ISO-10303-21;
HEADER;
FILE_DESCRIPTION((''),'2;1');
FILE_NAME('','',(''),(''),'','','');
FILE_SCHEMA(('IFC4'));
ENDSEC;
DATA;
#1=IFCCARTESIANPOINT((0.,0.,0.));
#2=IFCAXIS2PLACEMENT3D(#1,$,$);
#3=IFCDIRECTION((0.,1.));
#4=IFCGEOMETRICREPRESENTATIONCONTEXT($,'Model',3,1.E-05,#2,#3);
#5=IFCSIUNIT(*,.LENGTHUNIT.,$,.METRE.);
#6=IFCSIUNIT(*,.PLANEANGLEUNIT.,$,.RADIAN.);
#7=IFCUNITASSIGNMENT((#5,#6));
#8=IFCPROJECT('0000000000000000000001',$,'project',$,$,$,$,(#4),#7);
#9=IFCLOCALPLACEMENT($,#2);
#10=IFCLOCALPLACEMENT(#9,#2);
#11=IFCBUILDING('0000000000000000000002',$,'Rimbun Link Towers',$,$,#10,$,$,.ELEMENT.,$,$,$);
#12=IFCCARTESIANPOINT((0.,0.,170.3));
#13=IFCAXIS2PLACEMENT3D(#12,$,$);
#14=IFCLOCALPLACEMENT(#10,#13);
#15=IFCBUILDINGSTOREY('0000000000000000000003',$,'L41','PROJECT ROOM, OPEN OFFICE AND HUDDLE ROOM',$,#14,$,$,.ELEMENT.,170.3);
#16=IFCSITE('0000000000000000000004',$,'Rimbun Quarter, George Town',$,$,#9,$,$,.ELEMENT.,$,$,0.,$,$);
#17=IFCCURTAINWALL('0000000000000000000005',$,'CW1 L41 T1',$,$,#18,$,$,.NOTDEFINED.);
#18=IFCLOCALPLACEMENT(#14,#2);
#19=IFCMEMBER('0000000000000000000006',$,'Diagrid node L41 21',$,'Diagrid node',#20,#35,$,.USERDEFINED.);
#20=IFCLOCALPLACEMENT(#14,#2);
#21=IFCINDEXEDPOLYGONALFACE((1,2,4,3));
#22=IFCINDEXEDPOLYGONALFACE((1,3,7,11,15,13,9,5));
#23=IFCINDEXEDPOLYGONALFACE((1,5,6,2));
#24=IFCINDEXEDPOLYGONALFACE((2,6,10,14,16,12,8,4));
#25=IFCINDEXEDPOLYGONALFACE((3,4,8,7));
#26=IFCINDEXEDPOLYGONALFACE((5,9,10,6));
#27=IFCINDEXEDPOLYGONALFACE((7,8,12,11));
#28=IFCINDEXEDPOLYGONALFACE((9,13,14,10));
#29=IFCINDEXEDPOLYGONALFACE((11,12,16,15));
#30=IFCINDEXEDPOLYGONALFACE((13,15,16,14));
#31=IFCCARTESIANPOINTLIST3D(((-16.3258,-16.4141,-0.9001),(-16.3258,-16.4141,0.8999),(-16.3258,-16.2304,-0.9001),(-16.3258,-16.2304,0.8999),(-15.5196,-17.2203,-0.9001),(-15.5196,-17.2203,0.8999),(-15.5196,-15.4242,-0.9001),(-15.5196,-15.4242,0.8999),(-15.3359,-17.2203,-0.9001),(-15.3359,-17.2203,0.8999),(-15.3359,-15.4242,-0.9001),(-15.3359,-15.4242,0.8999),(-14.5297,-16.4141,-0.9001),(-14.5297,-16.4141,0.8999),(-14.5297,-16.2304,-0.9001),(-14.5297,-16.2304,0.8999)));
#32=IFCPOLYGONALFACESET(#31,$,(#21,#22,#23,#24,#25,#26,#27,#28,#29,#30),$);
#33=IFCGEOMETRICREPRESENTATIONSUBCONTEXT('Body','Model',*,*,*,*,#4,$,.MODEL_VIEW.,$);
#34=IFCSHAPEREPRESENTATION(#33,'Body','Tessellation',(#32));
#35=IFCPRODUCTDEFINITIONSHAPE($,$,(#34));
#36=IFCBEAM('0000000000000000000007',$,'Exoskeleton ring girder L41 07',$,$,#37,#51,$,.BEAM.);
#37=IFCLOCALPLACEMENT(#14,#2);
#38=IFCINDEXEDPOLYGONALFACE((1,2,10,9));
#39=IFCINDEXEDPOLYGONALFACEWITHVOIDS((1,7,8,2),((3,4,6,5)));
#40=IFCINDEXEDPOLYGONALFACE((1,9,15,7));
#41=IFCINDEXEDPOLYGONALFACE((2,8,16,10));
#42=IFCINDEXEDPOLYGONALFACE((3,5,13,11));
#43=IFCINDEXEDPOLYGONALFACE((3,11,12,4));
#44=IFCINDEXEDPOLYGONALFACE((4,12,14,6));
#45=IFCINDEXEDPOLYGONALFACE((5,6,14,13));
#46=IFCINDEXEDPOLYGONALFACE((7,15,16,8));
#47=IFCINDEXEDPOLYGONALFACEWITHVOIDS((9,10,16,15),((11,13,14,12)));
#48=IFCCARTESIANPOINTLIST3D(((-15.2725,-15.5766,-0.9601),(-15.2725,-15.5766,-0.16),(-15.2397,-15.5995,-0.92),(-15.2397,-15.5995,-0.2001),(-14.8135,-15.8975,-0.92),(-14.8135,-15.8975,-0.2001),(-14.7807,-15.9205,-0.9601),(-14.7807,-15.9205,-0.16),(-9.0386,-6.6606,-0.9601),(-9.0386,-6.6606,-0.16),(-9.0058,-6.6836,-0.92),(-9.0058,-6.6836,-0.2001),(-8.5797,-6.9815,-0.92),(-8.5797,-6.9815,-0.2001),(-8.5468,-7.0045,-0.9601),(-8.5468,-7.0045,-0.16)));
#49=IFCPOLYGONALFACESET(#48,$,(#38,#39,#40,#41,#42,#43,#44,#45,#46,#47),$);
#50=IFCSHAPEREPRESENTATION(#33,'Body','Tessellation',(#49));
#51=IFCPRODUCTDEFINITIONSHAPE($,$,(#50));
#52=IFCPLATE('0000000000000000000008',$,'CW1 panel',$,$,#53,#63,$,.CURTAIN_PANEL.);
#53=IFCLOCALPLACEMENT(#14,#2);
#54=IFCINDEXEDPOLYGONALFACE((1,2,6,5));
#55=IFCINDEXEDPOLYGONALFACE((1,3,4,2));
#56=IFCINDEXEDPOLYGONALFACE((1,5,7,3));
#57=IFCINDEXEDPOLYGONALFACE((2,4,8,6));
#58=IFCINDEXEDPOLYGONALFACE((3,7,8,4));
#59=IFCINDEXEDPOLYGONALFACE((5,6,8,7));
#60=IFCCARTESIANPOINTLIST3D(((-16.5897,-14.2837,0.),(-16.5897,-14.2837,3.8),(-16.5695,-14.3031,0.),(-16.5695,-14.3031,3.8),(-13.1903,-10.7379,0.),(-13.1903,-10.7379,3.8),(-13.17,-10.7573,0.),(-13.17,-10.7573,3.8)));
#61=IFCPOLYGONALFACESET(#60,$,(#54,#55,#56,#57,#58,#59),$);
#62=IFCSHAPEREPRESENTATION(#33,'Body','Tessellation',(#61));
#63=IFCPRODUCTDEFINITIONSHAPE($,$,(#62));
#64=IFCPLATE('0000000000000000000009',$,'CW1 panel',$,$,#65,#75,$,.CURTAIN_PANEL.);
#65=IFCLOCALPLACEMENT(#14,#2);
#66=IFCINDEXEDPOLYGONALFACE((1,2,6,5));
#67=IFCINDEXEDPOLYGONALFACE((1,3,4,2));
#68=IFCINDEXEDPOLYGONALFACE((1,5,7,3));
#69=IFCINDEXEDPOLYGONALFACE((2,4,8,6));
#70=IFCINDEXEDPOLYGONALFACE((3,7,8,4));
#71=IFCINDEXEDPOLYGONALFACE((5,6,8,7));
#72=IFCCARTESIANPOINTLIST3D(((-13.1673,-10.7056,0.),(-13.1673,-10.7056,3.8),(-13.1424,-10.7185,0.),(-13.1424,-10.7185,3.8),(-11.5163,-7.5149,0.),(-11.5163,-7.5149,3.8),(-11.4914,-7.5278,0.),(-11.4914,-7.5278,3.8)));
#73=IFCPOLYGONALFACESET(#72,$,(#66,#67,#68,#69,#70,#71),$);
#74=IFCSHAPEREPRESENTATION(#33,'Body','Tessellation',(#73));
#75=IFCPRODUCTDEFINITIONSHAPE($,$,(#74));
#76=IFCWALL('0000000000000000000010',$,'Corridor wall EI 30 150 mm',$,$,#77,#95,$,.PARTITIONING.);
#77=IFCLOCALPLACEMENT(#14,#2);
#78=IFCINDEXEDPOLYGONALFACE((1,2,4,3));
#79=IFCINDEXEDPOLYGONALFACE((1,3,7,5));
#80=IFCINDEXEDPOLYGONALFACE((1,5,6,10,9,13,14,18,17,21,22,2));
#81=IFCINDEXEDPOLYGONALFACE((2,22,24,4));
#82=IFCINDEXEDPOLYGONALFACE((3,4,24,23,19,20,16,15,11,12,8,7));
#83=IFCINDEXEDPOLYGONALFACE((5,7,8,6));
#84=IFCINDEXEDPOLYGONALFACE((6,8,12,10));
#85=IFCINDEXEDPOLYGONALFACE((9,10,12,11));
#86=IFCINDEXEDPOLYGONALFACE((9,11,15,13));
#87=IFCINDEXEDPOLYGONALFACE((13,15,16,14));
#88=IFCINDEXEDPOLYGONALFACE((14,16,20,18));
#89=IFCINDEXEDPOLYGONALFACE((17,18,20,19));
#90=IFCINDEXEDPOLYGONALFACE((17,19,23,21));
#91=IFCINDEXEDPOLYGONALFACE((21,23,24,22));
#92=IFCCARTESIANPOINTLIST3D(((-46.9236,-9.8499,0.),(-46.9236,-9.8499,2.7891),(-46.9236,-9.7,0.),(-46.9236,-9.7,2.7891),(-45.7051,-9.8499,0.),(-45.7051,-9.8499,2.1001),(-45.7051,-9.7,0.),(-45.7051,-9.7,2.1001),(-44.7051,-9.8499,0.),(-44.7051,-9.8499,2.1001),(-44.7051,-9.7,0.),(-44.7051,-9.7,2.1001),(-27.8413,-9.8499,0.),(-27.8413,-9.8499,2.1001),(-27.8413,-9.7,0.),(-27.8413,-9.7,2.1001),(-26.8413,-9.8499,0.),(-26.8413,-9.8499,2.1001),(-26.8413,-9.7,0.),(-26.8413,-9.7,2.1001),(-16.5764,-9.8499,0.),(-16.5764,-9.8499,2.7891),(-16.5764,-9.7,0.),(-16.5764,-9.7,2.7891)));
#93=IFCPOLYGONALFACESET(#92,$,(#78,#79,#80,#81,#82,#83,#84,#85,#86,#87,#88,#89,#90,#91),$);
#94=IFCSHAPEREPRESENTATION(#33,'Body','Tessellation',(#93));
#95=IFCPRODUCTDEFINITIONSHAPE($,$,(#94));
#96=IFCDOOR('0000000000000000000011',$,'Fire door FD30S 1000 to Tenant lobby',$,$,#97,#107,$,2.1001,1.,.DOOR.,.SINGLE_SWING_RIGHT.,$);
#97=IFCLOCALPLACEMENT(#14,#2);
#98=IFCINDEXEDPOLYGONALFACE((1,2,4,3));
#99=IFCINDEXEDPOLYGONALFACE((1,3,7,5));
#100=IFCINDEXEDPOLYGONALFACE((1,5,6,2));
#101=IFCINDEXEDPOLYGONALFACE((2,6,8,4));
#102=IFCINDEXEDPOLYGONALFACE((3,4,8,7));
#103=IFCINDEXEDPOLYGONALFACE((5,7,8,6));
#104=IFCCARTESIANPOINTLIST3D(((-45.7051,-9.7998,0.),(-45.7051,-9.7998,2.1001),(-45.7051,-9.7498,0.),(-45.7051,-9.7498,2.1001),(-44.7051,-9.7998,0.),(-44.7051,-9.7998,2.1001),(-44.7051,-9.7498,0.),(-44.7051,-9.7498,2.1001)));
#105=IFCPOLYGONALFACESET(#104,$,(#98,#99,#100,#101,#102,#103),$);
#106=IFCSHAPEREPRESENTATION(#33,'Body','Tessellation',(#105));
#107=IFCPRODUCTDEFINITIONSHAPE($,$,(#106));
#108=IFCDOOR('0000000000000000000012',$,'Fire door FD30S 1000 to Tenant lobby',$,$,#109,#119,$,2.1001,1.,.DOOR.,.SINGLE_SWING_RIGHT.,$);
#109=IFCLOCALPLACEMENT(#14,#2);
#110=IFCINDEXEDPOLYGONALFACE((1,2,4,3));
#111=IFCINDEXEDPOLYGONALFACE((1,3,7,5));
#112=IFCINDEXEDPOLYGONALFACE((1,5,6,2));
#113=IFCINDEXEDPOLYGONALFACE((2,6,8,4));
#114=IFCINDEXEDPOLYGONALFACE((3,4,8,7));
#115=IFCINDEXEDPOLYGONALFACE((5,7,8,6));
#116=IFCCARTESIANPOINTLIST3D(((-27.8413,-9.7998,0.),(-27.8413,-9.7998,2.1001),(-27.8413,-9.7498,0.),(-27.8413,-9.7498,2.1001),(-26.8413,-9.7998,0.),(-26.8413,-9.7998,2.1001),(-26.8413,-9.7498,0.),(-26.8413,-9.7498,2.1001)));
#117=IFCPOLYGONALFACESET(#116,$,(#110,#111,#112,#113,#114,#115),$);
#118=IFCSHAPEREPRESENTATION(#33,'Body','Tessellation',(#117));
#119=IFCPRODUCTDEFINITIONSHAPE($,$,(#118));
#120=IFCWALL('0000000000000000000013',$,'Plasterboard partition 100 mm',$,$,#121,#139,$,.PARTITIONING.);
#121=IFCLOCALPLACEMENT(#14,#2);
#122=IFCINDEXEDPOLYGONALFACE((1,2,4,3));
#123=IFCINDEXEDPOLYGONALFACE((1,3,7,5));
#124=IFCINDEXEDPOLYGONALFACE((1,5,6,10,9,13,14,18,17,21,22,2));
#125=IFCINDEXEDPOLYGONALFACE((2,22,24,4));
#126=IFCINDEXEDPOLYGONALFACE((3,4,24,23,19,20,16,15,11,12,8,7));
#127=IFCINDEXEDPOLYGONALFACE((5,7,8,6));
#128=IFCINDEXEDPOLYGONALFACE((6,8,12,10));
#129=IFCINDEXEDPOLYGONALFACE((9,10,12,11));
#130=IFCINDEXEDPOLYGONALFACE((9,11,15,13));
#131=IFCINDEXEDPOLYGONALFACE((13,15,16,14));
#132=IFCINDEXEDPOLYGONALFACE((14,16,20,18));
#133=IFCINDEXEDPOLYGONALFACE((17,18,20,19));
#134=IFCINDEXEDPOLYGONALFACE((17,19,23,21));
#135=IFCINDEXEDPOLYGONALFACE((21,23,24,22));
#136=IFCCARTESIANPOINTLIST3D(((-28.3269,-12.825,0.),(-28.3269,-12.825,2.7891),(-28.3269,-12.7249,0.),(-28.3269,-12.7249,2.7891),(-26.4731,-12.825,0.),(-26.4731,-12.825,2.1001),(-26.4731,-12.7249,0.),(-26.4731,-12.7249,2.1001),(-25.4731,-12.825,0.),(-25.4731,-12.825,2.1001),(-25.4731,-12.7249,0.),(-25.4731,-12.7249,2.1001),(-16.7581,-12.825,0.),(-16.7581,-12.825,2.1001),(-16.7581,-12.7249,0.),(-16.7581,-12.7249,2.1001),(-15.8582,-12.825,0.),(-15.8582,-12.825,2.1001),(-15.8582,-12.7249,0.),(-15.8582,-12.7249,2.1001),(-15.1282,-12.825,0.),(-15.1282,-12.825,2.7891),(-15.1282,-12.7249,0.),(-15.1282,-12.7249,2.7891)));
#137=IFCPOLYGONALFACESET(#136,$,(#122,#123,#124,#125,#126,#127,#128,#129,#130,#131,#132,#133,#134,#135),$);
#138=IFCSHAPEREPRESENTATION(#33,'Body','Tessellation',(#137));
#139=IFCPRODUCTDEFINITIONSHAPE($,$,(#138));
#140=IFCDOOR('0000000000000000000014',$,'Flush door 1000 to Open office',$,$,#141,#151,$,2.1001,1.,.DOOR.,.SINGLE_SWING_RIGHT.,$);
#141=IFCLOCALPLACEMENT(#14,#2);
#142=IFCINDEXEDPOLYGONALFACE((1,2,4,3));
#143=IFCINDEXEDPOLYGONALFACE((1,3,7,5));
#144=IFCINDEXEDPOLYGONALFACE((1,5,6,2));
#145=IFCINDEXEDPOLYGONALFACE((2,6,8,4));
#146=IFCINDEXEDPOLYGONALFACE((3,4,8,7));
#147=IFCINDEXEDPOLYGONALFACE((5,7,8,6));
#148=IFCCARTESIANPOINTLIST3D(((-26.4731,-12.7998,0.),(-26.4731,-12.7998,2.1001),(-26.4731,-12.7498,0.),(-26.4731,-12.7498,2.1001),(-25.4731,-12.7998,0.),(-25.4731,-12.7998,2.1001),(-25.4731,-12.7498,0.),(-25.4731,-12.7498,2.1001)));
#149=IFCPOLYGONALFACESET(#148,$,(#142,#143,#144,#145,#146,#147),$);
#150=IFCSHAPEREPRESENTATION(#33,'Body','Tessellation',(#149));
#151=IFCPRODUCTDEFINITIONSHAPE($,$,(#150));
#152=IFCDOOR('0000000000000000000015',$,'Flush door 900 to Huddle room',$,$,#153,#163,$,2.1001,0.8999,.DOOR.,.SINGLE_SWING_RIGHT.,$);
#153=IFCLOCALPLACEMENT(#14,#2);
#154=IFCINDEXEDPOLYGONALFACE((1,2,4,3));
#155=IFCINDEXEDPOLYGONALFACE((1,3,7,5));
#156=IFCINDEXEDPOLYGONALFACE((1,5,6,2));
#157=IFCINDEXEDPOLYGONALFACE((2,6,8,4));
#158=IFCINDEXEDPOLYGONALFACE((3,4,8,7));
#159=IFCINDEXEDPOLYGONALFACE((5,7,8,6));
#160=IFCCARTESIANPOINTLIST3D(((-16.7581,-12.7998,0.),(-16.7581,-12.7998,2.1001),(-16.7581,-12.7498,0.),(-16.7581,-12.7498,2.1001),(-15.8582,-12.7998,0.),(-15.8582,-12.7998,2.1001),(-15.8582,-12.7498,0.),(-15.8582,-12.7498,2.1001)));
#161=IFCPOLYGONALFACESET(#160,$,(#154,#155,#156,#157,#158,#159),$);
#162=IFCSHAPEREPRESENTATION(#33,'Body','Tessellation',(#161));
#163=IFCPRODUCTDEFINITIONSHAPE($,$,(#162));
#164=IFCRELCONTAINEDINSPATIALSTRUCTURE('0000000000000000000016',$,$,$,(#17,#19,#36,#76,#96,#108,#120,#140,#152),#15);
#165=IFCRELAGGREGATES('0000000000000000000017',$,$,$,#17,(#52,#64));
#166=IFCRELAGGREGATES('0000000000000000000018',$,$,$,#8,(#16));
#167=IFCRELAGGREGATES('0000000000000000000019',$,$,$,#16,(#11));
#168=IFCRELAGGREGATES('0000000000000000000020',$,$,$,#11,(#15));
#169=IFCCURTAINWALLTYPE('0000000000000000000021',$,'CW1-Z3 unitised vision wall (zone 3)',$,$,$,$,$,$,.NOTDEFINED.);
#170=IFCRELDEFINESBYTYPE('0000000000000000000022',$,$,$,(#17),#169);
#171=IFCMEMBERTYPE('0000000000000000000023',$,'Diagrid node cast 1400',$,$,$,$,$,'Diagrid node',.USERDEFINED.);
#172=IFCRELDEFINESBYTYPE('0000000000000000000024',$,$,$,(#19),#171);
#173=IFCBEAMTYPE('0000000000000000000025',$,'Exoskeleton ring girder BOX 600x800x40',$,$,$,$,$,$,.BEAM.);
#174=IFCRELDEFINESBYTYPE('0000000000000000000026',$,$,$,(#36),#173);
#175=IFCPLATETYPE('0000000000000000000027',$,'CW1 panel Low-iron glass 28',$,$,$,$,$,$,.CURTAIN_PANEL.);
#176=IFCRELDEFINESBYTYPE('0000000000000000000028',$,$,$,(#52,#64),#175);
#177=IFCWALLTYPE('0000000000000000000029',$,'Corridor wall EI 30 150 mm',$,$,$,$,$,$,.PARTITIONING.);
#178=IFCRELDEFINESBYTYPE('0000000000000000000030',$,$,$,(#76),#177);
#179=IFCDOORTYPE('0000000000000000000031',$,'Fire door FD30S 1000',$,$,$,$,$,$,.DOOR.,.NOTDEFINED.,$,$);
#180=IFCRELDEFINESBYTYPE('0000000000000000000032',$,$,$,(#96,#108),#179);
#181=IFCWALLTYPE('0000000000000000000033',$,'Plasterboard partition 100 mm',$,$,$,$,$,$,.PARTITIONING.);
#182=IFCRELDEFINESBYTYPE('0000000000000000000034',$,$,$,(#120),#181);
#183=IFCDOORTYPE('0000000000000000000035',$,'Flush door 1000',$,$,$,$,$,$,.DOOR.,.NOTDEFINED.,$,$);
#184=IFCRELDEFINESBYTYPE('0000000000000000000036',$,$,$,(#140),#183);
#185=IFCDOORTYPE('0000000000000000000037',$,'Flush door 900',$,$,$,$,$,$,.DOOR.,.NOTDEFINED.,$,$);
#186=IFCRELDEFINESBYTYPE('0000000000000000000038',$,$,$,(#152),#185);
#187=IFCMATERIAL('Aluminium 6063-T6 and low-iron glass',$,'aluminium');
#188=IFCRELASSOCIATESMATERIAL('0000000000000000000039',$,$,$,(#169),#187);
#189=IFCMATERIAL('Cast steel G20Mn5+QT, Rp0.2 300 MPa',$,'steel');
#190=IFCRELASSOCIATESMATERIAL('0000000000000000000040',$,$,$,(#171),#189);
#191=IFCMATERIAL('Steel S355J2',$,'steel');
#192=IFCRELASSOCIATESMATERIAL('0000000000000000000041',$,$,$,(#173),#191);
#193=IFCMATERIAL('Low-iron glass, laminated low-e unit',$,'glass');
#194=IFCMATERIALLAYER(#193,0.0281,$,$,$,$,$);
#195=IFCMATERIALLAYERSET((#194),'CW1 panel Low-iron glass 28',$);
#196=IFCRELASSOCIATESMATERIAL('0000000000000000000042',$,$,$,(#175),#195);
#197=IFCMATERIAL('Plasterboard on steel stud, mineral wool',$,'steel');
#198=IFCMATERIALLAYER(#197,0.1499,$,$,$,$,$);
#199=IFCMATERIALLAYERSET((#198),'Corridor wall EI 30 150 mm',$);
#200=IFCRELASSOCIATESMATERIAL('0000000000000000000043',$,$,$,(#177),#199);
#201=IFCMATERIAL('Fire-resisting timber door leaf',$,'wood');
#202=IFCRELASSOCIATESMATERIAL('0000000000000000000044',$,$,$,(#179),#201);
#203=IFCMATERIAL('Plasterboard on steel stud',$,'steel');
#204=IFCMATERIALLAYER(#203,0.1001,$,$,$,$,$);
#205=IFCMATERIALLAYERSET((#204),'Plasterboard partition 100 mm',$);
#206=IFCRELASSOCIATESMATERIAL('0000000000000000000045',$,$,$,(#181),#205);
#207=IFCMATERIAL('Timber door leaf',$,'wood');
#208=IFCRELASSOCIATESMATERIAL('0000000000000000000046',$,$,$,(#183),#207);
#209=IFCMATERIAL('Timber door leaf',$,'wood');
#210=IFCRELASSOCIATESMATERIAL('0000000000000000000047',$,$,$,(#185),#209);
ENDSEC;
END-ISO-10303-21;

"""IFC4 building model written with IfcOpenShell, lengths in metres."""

from ifc_helpers import new_model, si_unit, direction, frame, frame_2d, origin, origin_2d, place, context, subcontext, project, spatial, polyline, rectangle, hollow_rectangle, outline, extrude, material, layer, layer_set, material_profile, profile_set, type_object, element, fill, aggregate, save


model = new_model("IFC4")

# Units and contexts
model_context = context("Model", 3, precision=1e-05, world=origin(), true_north=direction((0.0, 1.0)))
body_context = subcontext(model_context, "Body", "Model", "MODEL_VIEW")
ifc_project = project(units=[si_unit("LENGTHUNIT", "METRE"), si_unit("PLANEANGLEUNIT", "RADIAN")], contexts=[model_context])

# Site, building, storey
site_placement = place(None, origin())
site = spatial("IfcSite", under=ifc_project, at=site_placement, Name="Rimbun Quarter, George Town", CompositionType="ELEMENT", RefElevation=0.0)
building_placement = place(site_placement, origin())
building = spatial("IfcBuilding", under=site, at=building_placement, Name="Rimbun Link Towers", CompositionType="ELEMENT")
storey_placement = place(building_placement, frame((0.0, 0.0, 170.3)))
storey = spatial("IfcBuildingStorey", under=building, at=storey_placement, Name="L41", Description="PROJECT ROOM, OPEN OFFICE AND HUDDLE ROOM", CompositionType="ELEMENT", Elevation=170.3)

# Curtain wall
ifc_material_1 = material(Name="Aluminium 6063-T6 and low-iron glass", Category="aluminium")
curtain_wall_type = type_object("IfcCurtainWallType", Name="CW1-Z3 unitised vision wall (zone 3)", PredefinedType="NOTDEFINED", material=ifc_material_1)
curtain_wall_placement = place(storey_placement, origin())
curtain_wall = element("IfcCurtainWall", 1, at=curtain_wall_placement, inside=storey, type_object=curtain_wall_type, Name="CW1 L41 T1", PredefinedType="NOTDEFINED")

# Member
ifc_material_2 = material(Name="Cast steel G20Mn5+QT, Rp0.2 300 MPa", Category="steel")
ifc_material_profile_1 = material_profile(ifc_material_2, outline(polyline([(0.7, -0.5701), (0.7, 0.5701), (0.5701, 0.7), (-0.5701, 0.7), (-0.7, 0.5701), (-0.7, -0.5701), (-0.5701, -0.7), (0.5701, -0.7), (0.7, -0.5701)])), Name="NODE 1400x1400")
ifc_profile_set_1 = profile_set([ifc_material_profile_1], Name="Cast steel G20Mn5+QT, Rp0.2 300 MPa")
member_type_1 = type_object("IfcMemberType", Name="Diagrid node cast 1400", ElementType="Diagrid node", PredefinedType="USERDEFINED", material=ifc_profile_set_1)
member_1_placement = place(storey_placement, frame((-15.4277, -16.3223, -0.9001), z_axis=(0.0, 0.0, 1.0), x_axis=(0.707107, -0.707107, 0.0)))
element("IfcMember", 2, at=member_1_placement, inside=storey, type_object=member_type_1, Name="Diagrid node L41 21", ObjectType="Diagrid node", PredefinedType="USERDEFINED", context=body_context, shape_type="SweptSolid", body=[
    extrude(outline(polyline([(0.7, -0.5701), (0.7, 0.5701), (0.5701, 0.7), (-0.5701, 0.7), (-0.7, 0.5701), (-0.7, -0.5701), (-0.5701, -0.7), (0.5701, -0.7), (0.7, -0.5701)])), origin(), (0.0, 0.0, 1.0), 1.8),
])

# Beam
ifc_material_3 = material(Name="Steel S355J2", Category="steel")
ifc_material_profile_2 = material_profile(ifc_material_3, hollow_rectangle(XDim=0.6001, YDim=0.8, WallThickness=0.04, at=origin_2d()), Name="Exoskeleton ring girder BOX 600x800x40")
ifc_profile_set_2 = profile_set([ifc_material_profile_2], Name="Steel S355J2")
beam_type = type_object("IfcBeamType", Name="Exoskeleton ring girder BOX 600x800x40", PredefinedType="BEAM", material=ifc_profile_set_2)
beam_placement = place(storey_placement, frame((-15.0266, -15.7485, -0.5601), z_axis=(0.57301, 0.819548, 0.0), x_axis=(-0.819548, 0.57301, 0.0)))
element("IfcBeam", 3, at=beam_placement, inside=storey, type_object=beam_type, Name="Exoskeleton ring girder L41 07", PredefinedType="BEAM", context=body_context, shape_type="SweptSolid", body=[
    extrude(hollow_rectangle(XDim=0.6001, YDim=0.8, WallThickness=0.04, at=origin_2d()), origin(), (0.0, 0.0, 1.0), 10.8792),
])

# Plates
ifc_material_4 = material(Name="Low-iron glass, laminated low-e unit", Category="glass")
ifc_layer_1 = layer(ifc_material_4, 0.0281)
ifc_layer_set_1 = layer_set([ifc_layer_1], Name="CW1 panel Low-iron glass 28")
plate_type = type_object("IfcPlateType", Name="CW1 panel Low-iron glass 28", PredefinedType="CURTAIN_PANEL", material=ifc_layer_set_1)
plate_1_placement = place(storey_placement, frame((-14.8799, -12.5205, 0.0), z_axis=(0.0, 0.0, 1.0), x_axis=(-0.692045, -0.721854, 0.0)))
plate_1 = element("IfcPlate", 4, at=plate_1_placement, type_object=plate_type, Name="CW1 panel", PredefinedType="CURTAIN_PANEL", context=body_context, shape_type="SweptSolid", body=[
    extrude(rectangle(XDim=4.9121, YDim=0.0281, at=origin_2d()), origin(), (0.0, 0.0, 1.0), 3.8),
])
plate_2_placement = place(storey_placement, frame((-12.3293, -9.1167, 0.0), z_axis=(0.0, 0.0, 1.0), x_axis=(-0.459559, -0.888147, 0.0)))
plate_2 = element("IfcPlate", 5, at=plate_2_placement, type_object=plate_type, Name="CW1 panel", PredefinedType="CURTAIN_PANEL", context=body_context, shape_type="SweptSolid", body=[
    extrude(rectangle(XDim=3.5925, YDim=0.0281, at=origin_2d()), origin(), (0.0, 0.0, 1.0), 3.8),
])
aggregate(curtain_wall, [plate_1, plate_2])

# Walls, openings, doors
ifc_material_5 = material(Name="Plasterboard on steel stud, mineral wool", Category="steel")
ifc_layer_2 = layer(ifc_material_5, 0.1499)
ifc_layer_set_2 = layer_set([ifc_layer_2], Name="Corridor wall EI 30 150 mm")
wall_type_1 = type_object("IfcWallType", Name="Corridor wall EI 30 150 mm", PredefinedType="PARTITIONING", material=ifc_layer_set_2)
wall_1_placement = place(storey_placement, frame((-16.5764, -9.7749, 0.0), z_axis=(0.0, 0.0, 1.0), x_axis=(-1.0, 0.0, 0.0)))
wall_1 = element("IfcWall", 6, at=wall_1_placement, inside=storey, type_object=wall_type_1, Name="Corridor wall EI 30 150 mm", PredefinedType="PARTITIONING", context=body_context, shape_type="SweptSolid", body=[
    extrude(rectangle(XDim=30.3472, YDim=0.1499, at=frame_2d((15.1736, 0.0))), origin(), (0.0, 0.0, 1.0), 2.7891),
])
opening_1_placement = place(wall_1_placement, frame((28.1287, 0.0, 0.0)))
opening_1 = element("IfcOpeningElement", 7, at=opening_1_placement, cuts=wall_1, PredefinedType="OPENING", context=body_context, shape_type="SweptSolid", body=[
    extrude(rectangle(XDim=1.0, YDim=2.1001, at=frame_2d((0.5, 1.05))), frame((0.0, 0.085, 0.0), z_axis=(0.0, -1.0, 0.0), x_axis=(1.0, 0.0, 0.0)), (0.0, 0.0, 1.0), 0.1699),
])
opening_2_placement = place(wall_1_placement, frame((10.2649, 0.0, 0.0)))
opening_2 = element("IfcOpeningElement", 8, at=opening_2_placement, cuts=wall_1, PredefinedType="OPENING", context=body_context, shape_type="SweptSolid", body=[
    extrude(rectangle(XDim=1.0, YDim=2.1001, at=frame_2d((0.5, 1.05))), frame((0.0, 0.085, 0.0), z_axis=(0.0, -1.0, 0.0), x_axis=(1.0, 0.0, 0.0)), (0.0, 0.0, 1.0), 0.1699),
])
ifc_material_6 = material(Name="Fire-resisting timber door leaf", Category="wood")
door_type_1 = type_object("IfcDoorType", Name="Fire door FD30S 1000", OperationType="NOTDEFINED", PredefinedType="DOOR", material=ifc_material_6)
door_1_placement = place(opening_1_placement, origin())
door_1 = element("IfcDoor", 9, at=door_1_placement, inside=storey, type_object=door_type_1, Name="Fire door FD30S 1000 to Tenant lobby", OperationType="SINGLE_SWING_RIGHT", OverallHeight=2.1001, OverallWidth=1.0, PredefinedType="DOOR", context=body_context, shape_type="SweptSolid", body=[
    extrude(rectangle(XDim=1.0, YDim=2.1001, at=frame_2d((0.5, 1.05))), frame((0.0, 0.0249, 0.0), z_axis=(0.0, -1.0, 0.0), x_axis=(1.0, 0.0, 0.0)), (0.0, 0.0, 1.0), 0.05),
])
fill(opening_1, door_1)
door_2_placement = place(opening_2_placement, origin())
door_2 = element("IfcDoor", 10, at=door_2_placement, inside=storey, type_object=door_type_1, Name="Fire door FD30S 1000 to Tenant lobby", OperationType="SINGLE_SWING_RIGHT", OverallHeight=2.1001, OverallWidth=1.0, PredefinedType="DOOR", context=body_context, shape_type="SweptSolid", body=[
    extrude(rectangle(XDim=1.0, YDim=2.1001, at=frame_2d((0.5, 1.05))), frame((0.0, 0.0249, 0.0), z_axis=(0.0, -1.0, 0.0), x_axis=(1.0, 0.0, 0.0)), (0.0, 0.0, 1.0), 0.05),
])
fill(opening_2, door_2)
ifc_material_7 = material(Name="Plasterboard on steel stud", Category="steel")
ifc_layer_3 = layer(ifc_material_7, 0.1001)
ifc_layer_set_3 = layer_set([ifc_layer_3], Name="Plasterboard partition 100 mm")
wall_type_2 = type_object("IfcWallType", Name="Plasterboard partition 100 mm", PredefinedType="PARTITIONING", material=ifc_layer_set_3)
wall_2_placement = place(storey_placement, frame((-15.1282, -12.7749, 0.0), z_axis=(0.0, 0.0, 1.0), x_axis=(-1.0, 0.0, 0.0)))
wall_2 = element("IfcWall", 11, at=wall_2_placement, inside=storey, type_object=wall_type_2, Name="Plasterboard partition 100 mm", PredefinedType="PARTITIONING", context=body_context, shape_type="SweptSolid", body=[
    extrude(rectangle(XDim=13.1987, YDim=0.1001, at=frame_2d((6.5994, 0.0))), origin(), (0.0, 0.0, 1.0), 2.7891),
])
opening_3_placement = place(wall_2_placement, frame((10.345, 0.0, 0.0)))
opening_3 = element("IfcOpeningElement", 12, at=opening_3_placement, cuts=wall_2, PredefinedType="OPENING", context=body_context, shape_type="SweptSolid", body=[
    extrude(rectangle(XDim=1.0, YDim=2.1001, at=frame_2d((0.5, 1.05))), frame((0.0, 0.0601, 0.0), z_axis=(0.0, -1.0, 0.0), x_axis=(1.0, 0.0, 0.0)), (0.0, 0.0, 1.0), 0.1201),
])
opening_4_placement = place(wall_2_placement, frame((0.73, 0.0, 0.0)))
opening_4 = element("IfcOpeningElement", 13, at=opening_4_placement, cuts=wall_2, PredefinedType="OPENING", context=body_context, shape_type="SweptSolid", body=[
    extrude(rectangle(XDim=0.8999, YDim=2.1001, at=frame_2d((0.45, 1.05))), frame((0.0, 0.0601, 0.0), z_axis=(0.0, -1.0, 0.0), x_axis=(1.0, 0.0, 0.0)), (0.0, 0.0, 1.0), 0.1201),
])
ifc_material_8 = material(Name="Timber door leaf", Category="wood")
door_type_2 = type_object("IfcDoorType", Name="Flush door 1000", OperationType="NOTDEFINED", PredefinedType="DOOR", material=ifc_material_8)
door_3_placement = place(opening_3_placement, origin())
door_3 = element("IfcDoor", 14, at=door_3_placement, inside=storey, type_object=door_type_2, Name="Flush door 1000 to Open office", OperationType="SINGLE_SWING_RIGHT", OverallHeight=2.1001, OverallWidth=1.0, PredefinedType="DOOR", context=body_context, shape_type="SweptSolid", body=[
    extrude(rectangle(XDim=1.0, YDim=2.1001, at=frame_2d((0.5, 1.05))), frame((0.0, 0.0249, 0.0), z_axis=(0.0, -1.0, 0.0), x_axis=(1.0, 0.0, 0.0)), (0.0, 0.0, 1.0), 0.05),
])
fill(opening_3, door_3)
ifc_material_9 = material(Name="Timber door leaf", Category="wood")
door_type_3 = type_object("IfcDoorType", Name="Flush door 900", OperationType="NOTDEFINED", PredefinedType="DOOR", material=ifc_material_9)
door_4_placement = place(opening_4_placement, origin())
door_4 = element("IfcDoor", 15, at=door_4_placement, inside=storey, type_object=door_type_3, Name="Flush door 900 to Huddle room", OperationType="SINGLE_SWING_RIGHT", OverallHeight=2.1001, OverallWidth=0.8999, PredefinedType="DOOR", context=body_context, shape_type="SweptSolid", body=[
    extrude(rectangle(XDim=0.8999, YDim=2.1001, at=frame_2d((0.45, 1.05))), frame((0.0, 0.0249, 0.0), z_axis=(0.0, -1.0, 0.0), x_axis=(1.0, 0.0, 0.0)), (0.0, 0.0, 1.0), 0.05),
])
fill(opening_4, door_4)

save(model, "model.ifc")
